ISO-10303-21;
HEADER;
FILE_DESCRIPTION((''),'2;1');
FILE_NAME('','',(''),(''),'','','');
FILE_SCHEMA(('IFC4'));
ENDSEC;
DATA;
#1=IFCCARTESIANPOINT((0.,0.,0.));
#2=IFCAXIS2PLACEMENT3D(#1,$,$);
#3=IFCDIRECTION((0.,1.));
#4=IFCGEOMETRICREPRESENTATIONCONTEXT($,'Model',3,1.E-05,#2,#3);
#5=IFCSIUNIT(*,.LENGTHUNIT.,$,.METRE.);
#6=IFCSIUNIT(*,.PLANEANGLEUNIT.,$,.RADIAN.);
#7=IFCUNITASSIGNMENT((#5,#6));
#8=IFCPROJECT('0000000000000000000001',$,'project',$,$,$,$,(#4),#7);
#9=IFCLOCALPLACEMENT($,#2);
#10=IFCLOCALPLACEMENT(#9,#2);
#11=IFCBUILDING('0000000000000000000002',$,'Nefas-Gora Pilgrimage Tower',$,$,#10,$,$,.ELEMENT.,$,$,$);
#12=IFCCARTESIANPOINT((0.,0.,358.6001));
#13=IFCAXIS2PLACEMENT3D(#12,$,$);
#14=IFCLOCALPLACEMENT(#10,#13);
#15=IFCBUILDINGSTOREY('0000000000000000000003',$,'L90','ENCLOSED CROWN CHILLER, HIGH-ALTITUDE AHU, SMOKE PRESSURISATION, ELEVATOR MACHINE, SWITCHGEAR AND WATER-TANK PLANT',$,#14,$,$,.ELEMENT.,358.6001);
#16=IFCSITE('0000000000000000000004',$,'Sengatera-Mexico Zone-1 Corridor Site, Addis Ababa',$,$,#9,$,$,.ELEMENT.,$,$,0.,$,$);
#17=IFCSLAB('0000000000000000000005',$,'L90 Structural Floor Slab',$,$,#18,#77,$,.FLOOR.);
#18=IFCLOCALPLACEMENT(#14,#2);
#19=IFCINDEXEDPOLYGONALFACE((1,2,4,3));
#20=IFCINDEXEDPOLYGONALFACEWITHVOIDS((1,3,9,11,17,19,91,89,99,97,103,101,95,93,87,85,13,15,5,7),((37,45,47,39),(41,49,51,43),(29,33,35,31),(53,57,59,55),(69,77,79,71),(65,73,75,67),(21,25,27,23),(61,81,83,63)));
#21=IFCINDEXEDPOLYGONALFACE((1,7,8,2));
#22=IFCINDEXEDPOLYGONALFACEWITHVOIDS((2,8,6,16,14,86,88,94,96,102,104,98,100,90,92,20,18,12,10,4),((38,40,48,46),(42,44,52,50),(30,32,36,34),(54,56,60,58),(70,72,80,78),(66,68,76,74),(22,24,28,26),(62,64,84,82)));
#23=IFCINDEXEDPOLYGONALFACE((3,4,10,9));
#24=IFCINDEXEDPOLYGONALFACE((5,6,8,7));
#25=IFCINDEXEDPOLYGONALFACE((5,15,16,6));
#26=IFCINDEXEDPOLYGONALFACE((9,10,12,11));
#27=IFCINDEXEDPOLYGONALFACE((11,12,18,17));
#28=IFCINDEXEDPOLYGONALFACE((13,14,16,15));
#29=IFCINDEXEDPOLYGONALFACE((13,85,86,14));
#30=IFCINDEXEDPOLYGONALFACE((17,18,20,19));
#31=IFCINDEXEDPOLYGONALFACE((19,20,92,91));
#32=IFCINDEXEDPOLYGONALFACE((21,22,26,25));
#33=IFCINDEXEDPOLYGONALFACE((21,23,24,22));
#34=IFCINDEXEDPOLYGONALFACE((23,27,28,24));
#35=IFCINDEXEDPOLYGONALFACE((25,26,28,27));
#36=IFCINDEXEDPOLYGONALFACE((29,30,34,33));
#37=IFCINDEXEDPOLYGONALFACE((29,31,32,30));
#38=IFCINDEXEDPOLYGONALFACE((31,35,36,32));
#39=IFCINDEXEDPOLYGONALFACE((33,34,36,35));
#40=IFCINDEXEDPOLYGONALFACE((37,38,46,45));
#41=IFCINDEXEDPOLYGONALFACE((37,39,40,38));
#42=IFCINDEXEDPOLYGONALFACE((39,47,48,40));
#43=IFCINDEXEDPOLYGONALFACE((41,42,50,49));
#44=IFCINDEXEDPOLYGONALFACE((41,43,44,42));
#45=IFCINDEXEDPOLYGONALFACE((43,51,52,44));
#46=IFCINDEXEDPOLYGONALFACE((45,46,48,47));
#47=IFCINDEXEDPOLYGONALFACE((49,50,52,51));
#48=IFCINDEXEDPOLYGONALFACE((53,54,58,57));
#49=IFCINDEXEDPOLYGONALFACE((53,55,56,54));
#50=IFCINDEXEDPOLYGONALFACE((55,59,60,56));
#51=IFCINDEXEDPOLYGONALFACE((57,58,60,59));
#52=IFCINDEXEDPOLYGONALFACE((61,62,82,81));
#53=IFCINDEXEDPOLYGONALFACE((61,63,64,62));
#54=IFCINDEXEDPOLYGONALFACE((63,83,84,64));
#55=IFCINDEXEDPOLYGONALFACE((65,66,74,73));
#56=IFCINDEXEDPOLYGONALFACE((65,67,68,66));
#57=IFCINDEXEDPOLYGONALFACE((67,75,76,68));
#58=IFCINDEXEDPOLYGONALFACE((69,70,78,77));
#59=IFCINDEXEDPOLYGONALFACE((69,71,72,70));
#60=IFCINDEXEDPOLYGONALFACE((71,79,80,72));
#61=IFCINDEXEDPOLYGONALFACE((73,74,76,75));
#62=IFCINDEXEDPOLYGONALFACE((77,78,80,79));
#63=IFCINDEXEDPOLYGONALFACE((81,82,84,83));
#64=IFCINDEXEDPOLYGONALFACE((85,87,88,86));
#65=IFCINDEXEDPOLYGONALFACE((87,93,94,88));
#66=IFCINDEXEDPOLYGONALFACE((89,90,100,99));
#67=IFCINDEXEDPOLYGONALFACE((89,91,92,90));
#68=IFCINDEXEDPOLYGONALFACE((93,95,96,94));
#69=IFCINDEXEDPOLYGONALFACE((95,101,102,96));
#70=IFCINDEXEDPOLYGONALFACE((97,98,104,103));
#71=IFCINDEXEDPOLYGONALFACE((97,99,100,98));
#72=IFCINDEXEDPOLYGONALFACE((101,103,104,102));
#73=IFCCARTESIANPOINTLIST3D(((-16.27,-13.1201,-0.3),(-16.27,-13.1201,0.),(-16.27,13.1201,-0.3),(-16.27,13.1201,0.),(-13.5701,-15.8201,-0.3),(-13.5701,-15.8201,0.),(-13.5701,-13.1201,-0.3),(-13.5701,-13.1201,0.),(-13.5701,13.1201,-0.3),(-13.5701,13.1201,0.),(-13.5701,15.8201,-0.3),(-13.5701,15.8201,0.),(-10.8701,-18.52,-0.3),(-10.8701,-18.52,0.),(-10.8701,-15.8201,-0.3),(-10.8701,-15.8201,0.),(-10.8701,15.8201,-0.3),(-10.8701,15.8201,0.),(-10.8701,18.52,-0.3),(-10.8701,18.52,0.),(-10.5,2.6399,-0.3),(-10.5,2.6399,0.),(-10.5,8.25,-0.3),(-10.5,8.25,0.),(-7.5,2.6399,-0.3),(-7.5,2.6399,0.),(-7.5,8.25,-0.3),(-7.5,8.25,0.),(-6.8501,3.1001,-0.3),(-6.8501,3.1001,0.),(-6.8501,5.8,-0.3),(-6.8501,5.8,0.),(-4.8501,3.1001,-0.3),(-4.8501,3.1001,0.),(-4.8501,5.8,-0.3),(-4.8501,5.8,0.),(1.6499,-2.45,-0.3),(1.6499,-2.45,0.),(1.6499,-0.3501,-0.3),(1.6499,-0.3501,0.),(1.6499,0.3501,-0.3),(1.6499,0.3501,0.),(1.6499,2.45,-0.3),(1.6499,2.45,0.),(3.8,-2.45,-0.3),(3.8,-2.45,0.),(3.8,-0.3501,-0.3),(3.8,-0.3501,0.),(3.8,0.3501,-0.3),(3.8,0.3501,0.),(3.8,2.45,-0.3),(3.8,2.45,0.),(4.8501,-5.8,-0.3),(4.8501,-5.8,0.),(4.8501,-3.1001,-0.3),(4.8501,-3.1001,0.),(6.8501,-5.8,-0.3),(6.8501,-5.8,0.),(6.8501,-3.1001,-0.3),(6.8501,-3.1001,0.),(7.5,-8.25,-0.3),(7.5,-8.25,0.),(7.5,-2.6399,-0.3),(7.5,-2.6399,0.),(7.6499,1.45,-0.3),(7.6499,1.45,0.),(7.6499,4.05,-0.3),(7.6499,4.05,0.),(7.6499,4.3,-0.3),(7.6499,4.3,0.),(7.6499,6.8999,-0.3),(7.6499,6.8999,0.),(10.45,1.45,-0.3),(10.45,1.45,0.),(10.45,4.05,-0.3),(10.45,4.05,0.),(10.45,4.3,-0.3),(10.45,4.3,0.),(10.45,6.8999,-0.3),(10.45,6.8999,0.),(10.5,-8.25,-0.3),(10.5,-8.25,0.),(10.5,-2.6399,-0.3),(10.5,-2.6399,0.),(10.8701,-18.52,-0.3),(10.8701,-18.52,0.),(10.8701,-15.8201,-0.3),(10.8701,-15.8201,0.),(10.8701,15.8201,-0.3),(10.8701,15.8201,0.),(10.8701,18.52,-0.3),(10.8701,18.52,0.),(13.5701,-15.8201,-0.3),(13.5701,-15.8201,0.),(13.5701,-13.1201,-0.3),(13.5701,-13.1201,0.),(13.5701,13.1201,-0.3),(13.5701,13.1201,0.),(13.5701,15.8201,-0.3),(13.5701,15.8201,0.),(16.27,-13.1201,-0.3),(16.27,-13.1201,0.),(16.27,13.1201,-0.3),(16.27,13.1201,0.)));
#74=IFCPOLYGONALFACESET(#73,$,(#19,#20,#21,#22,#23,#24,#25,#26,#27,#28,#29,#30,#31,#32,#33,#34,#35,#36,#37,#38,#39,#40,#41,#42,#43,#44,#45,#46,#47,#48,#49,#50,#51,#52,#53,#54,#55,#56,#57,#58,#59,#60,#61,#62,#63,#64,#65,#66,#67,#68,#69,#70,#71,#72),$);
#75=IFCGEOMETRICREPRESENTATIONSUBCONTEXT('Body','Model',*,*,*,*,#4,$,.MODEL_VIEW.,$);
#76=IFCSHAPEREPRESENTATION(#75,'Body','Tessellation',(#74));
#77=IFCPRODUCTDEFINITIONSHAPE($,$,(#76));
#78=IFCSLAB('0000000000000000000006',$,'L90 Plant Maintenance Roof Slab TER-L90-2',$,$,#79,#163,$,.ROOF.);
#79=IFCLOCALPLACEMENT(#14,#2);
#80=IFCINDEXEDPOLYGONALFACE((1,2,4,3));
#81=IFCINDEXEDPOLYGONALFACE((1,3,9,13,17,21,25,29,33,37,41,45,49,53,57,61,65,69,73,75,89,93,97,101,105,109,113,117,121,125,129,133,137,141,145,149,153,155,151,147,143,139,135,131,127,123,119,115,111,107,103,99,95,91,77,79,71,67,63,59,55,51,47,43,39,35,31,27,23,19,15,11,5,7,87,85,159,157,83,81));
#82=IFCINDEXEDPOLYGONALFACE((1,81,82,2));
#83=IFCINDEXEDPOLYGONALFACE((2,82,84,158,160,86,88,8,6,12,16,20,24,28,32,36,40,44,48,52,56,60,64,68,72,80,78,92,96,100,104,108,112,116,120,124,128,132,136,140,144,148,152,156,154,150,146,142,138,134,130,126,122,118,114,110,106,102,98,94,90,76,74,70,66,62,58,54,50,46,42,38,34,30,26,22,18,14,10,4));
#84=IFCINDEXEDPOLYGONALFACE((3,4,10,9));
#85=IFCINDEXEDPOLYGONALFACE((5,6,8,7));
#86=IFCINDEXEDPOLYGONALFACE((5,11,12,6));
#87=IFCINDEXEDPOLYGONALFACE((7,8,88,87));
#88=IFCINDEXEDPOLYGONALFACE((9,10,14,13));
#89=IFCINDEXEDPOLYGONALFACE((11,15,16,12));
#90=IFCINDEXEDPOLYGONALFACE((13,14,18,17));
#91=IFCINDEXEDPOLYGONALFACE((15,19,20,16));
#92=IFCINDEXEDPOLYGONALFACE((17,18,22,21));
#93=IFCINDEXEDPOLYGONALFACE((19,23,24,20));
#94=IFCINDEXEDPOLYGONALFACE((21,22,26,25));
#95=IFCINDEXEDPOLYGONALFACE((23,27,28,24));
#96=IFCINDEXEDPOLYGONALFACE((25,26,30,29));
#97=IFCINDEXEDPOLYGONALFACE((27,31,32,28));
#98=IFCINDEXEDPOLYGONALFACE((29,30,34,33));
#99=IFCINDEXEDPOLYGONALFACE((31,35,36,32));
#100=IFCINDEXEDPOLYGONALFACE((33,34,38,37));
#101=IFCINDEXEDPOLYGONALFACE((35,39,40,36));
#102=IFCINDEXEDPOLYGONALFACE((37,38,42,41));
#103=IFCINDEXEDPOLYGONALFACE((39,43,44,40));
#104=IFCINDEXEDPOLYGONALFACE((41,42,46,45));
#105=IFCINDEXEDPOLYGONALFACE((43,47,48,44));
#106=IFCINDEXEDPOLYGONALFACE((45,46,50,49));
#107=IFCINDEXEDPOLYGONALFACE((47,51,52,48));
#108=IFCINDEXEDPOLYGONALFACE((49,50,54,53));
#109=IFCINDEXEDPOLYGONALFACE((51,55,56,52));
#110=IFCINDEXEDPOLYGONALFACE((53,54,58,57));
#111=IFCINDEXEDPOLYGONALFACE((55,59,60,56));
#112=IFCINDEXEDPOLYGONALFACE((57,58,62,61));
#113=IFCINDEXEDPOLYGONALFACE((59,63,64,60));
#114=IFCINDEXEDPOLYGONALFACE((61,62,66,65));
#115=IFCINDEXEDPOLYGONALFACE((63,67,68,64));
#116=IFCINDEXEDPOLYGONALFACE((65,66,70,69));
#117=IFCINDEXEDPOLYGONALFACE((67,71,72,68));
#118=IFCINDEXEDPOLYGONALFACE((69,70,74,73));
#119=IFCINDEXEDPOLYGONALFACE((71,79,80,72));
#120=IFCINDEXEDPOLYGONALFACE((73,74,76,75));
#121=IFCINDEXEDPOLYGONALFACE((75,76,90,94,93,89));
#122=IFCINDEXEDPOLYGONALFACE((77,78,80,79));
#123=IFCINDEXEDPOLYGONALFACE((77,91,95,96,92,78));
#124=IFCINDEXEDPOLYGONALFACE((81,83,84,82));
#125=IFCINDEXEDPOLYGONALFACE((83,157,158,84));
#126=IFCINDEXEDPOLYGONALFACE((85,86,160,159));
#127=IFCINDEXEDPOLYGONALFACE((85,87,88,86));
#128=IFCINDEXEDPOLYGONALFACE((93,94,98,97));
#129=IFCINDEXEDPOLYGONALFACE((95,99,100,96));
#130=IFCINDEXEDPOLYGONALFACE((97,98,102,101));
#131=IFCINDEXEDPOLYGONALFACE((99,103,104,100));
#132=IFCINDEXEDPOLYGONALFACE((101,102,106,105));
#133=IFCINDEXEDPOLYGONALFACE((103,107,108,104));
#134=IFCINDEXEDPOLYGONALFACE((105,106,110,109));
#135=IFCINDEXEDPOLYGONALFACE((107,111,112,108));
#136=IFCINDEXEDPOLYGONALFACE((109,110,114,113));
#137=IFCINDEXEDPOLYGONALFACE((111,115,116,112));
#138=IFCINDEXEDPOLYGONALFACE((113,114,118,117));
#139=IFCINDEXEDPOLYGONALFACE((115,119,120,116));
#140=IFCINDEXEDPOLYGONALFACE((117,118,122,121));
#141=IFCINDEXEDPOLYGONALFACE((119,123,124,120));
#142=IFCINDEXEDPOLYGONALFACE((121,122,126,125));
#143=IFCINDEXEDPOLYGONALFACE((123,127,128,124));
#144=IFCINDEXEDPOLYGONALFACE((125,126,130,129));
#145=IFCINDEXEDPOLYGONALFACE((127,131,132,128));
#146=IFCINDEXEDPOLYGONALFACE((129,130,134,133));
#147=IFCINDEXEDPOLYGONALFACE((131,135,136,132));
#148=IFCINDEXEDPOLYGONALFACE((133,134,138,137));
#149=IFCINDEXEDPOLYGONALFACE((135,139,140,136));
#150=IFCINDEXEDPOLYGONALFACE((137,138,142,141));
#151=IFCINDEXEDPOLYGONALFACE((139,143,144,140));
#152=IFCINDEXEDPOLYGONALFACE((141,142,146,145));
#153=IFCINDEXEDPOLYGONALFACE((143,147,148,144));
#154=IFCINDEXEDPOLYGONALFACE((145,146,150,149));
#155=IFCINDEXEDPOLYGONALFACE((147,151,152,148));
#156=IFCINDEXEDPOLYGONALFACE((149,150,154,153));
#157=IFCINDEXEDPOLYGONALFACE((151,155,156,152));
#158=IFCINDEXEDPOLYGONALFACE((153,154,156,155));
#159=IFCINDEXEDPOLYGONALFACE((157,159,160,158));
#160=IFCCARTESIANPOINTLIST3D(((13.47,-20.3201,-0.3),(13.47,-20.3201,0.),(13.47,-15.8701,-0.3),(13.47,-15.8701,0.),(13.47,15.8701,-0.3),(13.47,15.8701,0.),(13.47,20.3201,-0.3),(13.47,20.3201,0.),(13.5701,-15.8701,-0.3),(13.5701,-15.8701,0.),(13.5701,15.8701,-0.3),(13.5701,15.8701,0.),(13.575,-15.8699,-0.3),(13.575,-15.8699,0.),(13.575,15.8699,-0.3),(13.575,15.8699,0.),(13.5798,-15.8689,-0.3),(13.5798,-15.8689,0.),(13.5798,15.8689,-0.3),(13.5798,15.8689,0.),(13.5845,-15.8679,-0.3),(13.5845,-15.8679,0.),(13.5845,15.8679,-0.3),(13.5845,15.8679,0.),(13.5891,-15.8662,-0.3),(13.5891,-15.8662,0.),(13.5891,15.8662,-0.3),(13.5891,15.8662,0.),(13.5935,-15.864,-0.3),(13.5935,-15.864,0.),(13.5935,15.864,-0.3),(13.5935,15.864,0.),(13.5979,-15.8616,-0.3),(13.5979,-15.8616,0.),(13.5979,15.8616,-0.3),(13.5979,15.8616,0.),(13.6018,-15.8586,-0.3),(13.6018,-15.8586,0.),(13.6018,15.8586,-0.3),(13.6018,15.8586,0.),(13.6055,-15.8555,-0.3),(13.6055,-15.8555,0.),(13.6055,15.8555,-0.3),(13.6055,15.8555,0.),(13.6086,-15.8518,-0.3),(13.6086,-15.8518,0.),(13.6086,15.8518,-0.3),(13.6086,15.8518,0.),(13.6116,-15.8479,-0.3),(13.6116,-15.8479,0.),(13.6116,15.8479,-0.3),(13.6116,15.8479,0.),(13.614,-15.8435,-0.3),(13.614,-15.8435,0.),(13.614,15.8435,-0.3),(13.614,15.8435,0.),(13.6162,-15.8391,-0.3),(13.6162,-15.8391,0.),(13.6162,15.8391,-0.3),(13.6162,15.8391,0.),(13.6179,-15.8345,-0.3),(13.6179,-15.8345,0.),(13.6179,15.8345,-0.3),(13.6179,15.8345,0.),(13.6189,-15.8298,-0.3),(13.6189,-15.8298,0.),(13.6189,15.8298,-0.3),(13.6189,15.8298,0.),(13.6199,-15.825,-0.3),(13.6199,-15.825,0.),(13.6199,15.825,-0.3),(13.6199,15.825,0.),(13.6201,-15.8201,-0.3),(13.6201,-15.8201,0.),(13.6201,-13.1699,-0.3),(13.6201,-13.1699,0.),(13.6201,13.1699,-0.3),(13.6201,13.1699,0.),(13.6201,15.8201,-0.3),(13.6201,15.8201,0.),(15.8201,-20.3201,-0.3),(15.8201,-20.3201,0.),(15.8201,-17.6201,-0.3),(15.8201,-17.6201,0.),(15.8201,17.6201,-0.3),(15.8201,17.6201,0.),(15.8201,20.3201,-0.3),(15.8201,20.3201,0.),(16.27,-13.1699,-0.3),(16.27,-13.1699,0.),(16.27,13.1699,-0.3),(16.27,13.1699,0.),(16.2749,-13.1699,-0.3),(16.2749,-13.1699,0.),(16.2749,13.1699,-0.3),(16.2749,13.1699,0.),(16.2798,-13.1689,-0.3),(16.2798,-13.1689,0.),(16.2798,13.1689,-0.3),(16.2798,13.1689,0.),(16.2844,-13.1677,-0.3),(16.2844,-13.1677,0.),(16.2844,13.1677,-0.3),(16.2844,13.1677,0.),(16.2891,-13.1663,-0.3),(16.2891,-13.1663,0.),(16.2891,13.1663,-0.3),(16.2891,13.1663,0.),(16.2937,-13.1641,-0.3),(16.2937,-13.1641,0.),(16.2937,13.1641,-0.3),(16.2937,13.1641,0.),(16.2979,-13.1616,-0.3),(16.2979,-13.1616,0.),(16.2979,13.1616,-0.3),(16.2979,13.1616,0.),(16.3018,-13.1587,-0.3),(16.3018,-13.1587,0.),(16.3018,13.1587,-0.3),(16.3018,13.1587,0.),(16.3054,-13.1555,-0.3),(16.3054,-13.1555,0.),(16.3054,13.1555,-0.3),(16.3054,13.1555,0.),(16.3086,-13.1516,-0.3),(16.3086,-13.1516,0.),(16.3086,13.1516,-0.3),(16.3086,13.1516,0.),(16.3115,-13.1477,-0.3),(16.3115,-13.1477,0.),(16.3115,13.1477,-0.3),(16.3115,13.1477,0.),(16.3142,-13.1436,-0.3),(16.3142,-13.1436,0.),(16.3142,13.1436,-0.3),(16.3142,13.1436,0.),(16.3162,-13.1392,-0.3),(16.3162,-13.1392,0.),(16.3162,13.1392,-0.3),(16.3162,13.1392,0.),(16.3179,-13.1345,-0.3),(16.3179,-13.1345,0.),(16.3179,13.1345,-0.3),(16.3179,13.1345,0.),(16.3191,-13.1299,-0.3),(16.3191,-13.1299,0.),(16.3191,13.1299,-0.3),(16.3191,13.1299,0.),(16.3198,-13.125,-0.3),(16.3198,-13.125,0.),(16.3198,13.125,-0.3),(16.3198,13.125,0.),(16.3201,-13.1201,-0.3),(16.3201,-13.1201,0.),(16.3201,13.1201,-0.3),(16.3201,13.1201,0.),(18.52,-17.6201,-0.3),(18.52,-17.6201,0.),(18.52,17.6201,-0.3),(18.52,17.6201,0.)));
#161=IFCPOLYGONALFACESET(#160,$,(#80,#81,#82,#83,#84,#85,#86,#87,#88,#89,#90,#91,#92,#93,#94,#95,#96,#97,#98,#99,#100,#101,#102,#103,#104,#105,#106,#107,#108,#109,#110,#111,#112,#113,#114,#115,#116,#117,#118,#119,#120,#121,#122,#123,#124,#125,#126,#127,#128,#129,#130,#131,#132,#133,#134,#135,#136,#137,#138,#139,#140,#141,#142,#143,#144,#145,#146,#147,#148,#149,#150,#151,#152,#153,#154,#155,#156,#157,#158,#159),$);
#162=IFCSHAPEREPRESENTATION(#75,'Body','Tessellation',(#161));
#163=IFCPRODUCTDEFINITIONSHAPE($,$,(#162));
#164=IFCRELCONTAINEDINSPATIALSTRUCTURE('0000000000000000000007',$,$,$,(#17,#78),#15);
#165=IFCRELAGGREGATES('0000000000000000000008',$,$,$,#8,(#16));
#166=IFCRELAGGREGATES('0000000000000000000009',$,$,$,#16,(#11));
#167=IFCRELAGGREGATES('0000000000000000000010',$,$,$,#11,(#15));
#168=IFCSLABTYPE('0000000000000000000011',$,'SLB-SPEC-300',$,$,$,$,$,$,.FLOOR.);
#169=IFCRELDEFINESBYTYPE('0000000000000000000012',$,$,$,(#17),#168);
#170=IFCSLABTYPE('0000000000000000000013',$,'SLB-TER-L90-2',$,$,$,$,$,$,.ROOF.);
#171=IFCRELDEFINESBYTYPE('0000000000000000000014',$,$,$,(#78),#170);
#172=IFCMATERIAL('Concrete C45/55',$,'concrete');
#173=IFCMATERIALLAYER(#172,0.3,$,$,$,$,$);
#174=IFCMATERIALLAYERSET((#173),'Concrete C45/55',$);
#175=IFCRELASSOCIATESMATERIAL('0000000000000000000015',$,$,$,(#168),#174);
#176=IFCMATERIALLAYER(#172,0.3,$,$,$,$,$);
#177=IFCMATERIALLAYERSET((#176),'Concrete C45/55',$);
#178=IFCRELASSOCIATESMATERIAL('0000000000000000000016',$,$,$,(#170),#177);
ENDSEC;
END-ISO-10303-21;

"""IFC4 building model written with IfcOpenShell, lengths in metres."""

from ifc_helpers import new_model, si_unit, direction, frame, origin, place, context, subcontext, project, spatial, polyline, outline, extrude, material, layer, layer_set, type_object, element, save


model = new_model("IFC4")

# Units and contexts
model_context = context("Model", 3, precision=1e-05, world=origin(), true_north=direction((0.0, 1.0)))
body_context = subcontext(model_context, "Body", "Model", "MODEL_VIEW")
ifc_project = project(units=[si_unit("LENGTHUNIT", "METRE"), si_unit("PLANEANGLEUNIT", "RADIAN")], contexts=[model_context])

# Site, building, storey
site_placement = place(None, origin())
site = spatial("IfcSite", under=ifc_project, at=site_placement, Name="Sengatera-Mexico Zone-1 Corridor Site, Addis Ababa", CompositionType="ELEMENT", RefElevation=0.0)
building_placement = place(site_placement, origin())
building = spatial("IfcBuilding", under=site, at=building_placement, Name="Nefas-Gora Pilgrimage Tower", CompositionType="ELEMENT")
storey_placement = place(building_placement, frame((0.0, 0.0, 358.6001)))
storey = spatial("IfcBuildingStorey", under=building, at=storey_placement, Name="L90", Description="ENCLOSED CROWN CHILLER, HIGH-ALTITUDE AHU, SMOKE PRESSURISATION, ELEVATOR MACHINE, SWITCHGEAR AND WATER-TANK PLANT", CompositionType="ELEMENT", Elevation=358.6001)

# Slab
ifc_material_1 = material(Name="Concrete C45/55", Category="concrete")
ifc_layer_1 = layer(ifc_material_1, 0.3)
ifc_layer_set_1 = layer_set([ifc_layer_1], Name="Concrete C45/55")
slab_type_1 = type_object("IfcSlabType", Name="SLB-SPEC-300", PredefinedType="FLOOR", material=ifc_layer_set_1)
slab_1_placement = place(storey_placement, frame((0.0, 0.0, -0.3)))
element("IfcSlab", 1, at=slab_1_placement, inside=storey, type_object=slab_type_1, Name="L90 Structural Floor Slab", PredefinedType="FLOOR", context=body_context, shape_type="SweptSolid", body=[
    extrude(outline(polyline([(16.27, 13.1201), (13.5701, 13.1201), (13.5701, 15.8201), (10.8701, 15.8201), (10.8701, 18.52), (-10.8701, 18.52), (-10.8701, 15.8201), (-13.5701, 15.8201), (-13.5701, 13.1201), (-16.27, 13.1201), (-16.27, -13.1201), (-13.5701, -13.1201), (-13.5701, -15.8201), (-10.8701, -15.8201), (-10.8701, -18.52), (10.8701, -18.52), (10.8701, -15.8201), (13.5701, -15.8201), (13.5701, -13.1201), (16.27, -13.1201), (16.27, 13.1201)]), holes=[polyline([(-10.5, 2.6399), (-10.5, 8.25), (-7.5, 8.25), (-7.5, 2.6399), (-10.5, 2.6399)]), polyline([(10.5, -2.6399), (10.5, -8.25), (7.5, -8.25), (7.5, -2.6399), (10.5, -2.6399)]), polyline([(-6.8501, 5.8), (-4.8501, 5.8), (-4.8501, 3.1001), (-6.8501, 3.1001), (-6.8501, 5.8)]), polyline([(4.8501, -3.1001), (6.8501, -3.1001), (6.8501, -5.8), (4.8501, -5.8), (4.8501, -3.1001)]), polyline([(7.6499, 4.05), (10.45, 4.05), (10.45, 1.45), (7.6499, 1.45), (7.6499, 4.05)]), polyline([(7.6499, 6.8999), (10.45, 6.8999), (10.45, 4.3), (7.6499, 4.3), (7.6499, 6.8999)]), polyline([(1.6499, -0.3501), (3.8, -0.3501), (3.8, -2.45), (1.6499, -2.45), (1.6499, -0.3501)]), polyline([(1.6499, 2.45), (3.8, 2.45), (3.8, 0.3501), (1.6499, 0.3501), (1.6499, 2.45)])]), origin(), (0.0, 0.0, 1.0), 0.3),
])

# Slab
ifc_layer_2 = layer(ifc_material_1, 0.3)
ifc_layer_set_2 = layer_set([ifc_layer_2], Name="Concrete C45/55")
slab_type_2 = type_object("IfcSlabType", Name="SLB-TER-L90-2", PredefinedType="ROOF", material=ifc_layer_set_2)
slab_2_placement = place(storey_placement, frame((0.0, 0.0, -0.3)))
element("IfcSlab", 2, at=slab_2_placement, inside=storey, type_object=slab_type_2, Name="L90 Plant Maintenance Roof Slab TER-L90-2", PredefinedType="ROOF", context=body_context, shape_type="SweptSolid", body=[
    extrude(outline(polyline([(15.8201, -17.6201), (18.52, -17.6201), (18.52, 17.6201), (15.8201, 17.6201), (15.8201, 20.3201), (13.47, 20.3201), (13.47, 15.8701), (13.5701, 15.8701), (13.575, 15.8699), (13.5798, 15.8689), (13.5845, 15.8679), (13.5891, 15.8662), (13.5935, 15.864), (13.5979, 15.8616), (13.6018, 15.8586), (13.6055, 15.8555), (13.6086, 15.8518), (13.6116, 15.8479), (13.614, 15.8435), (13.6162, 15.8391), (13.6179, 15.8345), (13.6189, 15.8298), (13.6199, 15.825), (13.6201, 15.8201), (13.6201, 13.1699), (16.27, 13.1699), (16.2749, 13.1699), (16.2798, 13.1689), (16.2844, 13.1677), (16.2891, 13.1663), (16.2937, 13.1641), (16.2979, 13.1616), (16.3018, 13.1587), (16.3054, 13.1555), (16.3086, 13.1516), (16.3115, 13.1477), (16.3142, 13.1436), (16.3162, 13.1392), (16.3179, 13.1345), (16.3191, 13.1299), (16.3198, 13.125), (16.3201, 13.1201), (16.3201, -13.1201), (16.3198, -13.125), (16.3191, -13.1299), (16.3179, -13.1345), (16.3162, -13.1392), (16.3142, -13.1436), (16.3115, -13.1477), (16.3086, -13.1516), (16.3054, -13.1555), (16.3018, -13.1587), (16.2979, -13.1616), (16.2937, -13.1641), (16.2891, -13.1663), (16.2844, -13.1677), (16.2798, -13.1689), (16.2749, -13.1699), (16.27, -13.1699), (13.6201, -13.1699), (13.6201, -15.8201), (13.6199, -15.825), (13.6189, -15.8298), (13.6179, -15.8345), (13.6162, -15.8391), (13.614, -15.8435), (13.6116, -15.8479), (13.6086, -15.8518), (13.6055, -15.8555), (13.6018, -15.8586), (13.5979, -15.8616), (13.5935, -15.864), (13.5891, -15.8662), (13.5845, -15.8679), (13.5798, -15.8689), (13.575, -15.8699), (13.5701, -15.8701), (13.47, -15.8701), (13.47, -20.3201), (15.8201, -20.3201), (15.8201, -17.6201)])), origin(), (0.0, 0.0, 1.0), 0.3),
])

save(model, "model.ifc")
